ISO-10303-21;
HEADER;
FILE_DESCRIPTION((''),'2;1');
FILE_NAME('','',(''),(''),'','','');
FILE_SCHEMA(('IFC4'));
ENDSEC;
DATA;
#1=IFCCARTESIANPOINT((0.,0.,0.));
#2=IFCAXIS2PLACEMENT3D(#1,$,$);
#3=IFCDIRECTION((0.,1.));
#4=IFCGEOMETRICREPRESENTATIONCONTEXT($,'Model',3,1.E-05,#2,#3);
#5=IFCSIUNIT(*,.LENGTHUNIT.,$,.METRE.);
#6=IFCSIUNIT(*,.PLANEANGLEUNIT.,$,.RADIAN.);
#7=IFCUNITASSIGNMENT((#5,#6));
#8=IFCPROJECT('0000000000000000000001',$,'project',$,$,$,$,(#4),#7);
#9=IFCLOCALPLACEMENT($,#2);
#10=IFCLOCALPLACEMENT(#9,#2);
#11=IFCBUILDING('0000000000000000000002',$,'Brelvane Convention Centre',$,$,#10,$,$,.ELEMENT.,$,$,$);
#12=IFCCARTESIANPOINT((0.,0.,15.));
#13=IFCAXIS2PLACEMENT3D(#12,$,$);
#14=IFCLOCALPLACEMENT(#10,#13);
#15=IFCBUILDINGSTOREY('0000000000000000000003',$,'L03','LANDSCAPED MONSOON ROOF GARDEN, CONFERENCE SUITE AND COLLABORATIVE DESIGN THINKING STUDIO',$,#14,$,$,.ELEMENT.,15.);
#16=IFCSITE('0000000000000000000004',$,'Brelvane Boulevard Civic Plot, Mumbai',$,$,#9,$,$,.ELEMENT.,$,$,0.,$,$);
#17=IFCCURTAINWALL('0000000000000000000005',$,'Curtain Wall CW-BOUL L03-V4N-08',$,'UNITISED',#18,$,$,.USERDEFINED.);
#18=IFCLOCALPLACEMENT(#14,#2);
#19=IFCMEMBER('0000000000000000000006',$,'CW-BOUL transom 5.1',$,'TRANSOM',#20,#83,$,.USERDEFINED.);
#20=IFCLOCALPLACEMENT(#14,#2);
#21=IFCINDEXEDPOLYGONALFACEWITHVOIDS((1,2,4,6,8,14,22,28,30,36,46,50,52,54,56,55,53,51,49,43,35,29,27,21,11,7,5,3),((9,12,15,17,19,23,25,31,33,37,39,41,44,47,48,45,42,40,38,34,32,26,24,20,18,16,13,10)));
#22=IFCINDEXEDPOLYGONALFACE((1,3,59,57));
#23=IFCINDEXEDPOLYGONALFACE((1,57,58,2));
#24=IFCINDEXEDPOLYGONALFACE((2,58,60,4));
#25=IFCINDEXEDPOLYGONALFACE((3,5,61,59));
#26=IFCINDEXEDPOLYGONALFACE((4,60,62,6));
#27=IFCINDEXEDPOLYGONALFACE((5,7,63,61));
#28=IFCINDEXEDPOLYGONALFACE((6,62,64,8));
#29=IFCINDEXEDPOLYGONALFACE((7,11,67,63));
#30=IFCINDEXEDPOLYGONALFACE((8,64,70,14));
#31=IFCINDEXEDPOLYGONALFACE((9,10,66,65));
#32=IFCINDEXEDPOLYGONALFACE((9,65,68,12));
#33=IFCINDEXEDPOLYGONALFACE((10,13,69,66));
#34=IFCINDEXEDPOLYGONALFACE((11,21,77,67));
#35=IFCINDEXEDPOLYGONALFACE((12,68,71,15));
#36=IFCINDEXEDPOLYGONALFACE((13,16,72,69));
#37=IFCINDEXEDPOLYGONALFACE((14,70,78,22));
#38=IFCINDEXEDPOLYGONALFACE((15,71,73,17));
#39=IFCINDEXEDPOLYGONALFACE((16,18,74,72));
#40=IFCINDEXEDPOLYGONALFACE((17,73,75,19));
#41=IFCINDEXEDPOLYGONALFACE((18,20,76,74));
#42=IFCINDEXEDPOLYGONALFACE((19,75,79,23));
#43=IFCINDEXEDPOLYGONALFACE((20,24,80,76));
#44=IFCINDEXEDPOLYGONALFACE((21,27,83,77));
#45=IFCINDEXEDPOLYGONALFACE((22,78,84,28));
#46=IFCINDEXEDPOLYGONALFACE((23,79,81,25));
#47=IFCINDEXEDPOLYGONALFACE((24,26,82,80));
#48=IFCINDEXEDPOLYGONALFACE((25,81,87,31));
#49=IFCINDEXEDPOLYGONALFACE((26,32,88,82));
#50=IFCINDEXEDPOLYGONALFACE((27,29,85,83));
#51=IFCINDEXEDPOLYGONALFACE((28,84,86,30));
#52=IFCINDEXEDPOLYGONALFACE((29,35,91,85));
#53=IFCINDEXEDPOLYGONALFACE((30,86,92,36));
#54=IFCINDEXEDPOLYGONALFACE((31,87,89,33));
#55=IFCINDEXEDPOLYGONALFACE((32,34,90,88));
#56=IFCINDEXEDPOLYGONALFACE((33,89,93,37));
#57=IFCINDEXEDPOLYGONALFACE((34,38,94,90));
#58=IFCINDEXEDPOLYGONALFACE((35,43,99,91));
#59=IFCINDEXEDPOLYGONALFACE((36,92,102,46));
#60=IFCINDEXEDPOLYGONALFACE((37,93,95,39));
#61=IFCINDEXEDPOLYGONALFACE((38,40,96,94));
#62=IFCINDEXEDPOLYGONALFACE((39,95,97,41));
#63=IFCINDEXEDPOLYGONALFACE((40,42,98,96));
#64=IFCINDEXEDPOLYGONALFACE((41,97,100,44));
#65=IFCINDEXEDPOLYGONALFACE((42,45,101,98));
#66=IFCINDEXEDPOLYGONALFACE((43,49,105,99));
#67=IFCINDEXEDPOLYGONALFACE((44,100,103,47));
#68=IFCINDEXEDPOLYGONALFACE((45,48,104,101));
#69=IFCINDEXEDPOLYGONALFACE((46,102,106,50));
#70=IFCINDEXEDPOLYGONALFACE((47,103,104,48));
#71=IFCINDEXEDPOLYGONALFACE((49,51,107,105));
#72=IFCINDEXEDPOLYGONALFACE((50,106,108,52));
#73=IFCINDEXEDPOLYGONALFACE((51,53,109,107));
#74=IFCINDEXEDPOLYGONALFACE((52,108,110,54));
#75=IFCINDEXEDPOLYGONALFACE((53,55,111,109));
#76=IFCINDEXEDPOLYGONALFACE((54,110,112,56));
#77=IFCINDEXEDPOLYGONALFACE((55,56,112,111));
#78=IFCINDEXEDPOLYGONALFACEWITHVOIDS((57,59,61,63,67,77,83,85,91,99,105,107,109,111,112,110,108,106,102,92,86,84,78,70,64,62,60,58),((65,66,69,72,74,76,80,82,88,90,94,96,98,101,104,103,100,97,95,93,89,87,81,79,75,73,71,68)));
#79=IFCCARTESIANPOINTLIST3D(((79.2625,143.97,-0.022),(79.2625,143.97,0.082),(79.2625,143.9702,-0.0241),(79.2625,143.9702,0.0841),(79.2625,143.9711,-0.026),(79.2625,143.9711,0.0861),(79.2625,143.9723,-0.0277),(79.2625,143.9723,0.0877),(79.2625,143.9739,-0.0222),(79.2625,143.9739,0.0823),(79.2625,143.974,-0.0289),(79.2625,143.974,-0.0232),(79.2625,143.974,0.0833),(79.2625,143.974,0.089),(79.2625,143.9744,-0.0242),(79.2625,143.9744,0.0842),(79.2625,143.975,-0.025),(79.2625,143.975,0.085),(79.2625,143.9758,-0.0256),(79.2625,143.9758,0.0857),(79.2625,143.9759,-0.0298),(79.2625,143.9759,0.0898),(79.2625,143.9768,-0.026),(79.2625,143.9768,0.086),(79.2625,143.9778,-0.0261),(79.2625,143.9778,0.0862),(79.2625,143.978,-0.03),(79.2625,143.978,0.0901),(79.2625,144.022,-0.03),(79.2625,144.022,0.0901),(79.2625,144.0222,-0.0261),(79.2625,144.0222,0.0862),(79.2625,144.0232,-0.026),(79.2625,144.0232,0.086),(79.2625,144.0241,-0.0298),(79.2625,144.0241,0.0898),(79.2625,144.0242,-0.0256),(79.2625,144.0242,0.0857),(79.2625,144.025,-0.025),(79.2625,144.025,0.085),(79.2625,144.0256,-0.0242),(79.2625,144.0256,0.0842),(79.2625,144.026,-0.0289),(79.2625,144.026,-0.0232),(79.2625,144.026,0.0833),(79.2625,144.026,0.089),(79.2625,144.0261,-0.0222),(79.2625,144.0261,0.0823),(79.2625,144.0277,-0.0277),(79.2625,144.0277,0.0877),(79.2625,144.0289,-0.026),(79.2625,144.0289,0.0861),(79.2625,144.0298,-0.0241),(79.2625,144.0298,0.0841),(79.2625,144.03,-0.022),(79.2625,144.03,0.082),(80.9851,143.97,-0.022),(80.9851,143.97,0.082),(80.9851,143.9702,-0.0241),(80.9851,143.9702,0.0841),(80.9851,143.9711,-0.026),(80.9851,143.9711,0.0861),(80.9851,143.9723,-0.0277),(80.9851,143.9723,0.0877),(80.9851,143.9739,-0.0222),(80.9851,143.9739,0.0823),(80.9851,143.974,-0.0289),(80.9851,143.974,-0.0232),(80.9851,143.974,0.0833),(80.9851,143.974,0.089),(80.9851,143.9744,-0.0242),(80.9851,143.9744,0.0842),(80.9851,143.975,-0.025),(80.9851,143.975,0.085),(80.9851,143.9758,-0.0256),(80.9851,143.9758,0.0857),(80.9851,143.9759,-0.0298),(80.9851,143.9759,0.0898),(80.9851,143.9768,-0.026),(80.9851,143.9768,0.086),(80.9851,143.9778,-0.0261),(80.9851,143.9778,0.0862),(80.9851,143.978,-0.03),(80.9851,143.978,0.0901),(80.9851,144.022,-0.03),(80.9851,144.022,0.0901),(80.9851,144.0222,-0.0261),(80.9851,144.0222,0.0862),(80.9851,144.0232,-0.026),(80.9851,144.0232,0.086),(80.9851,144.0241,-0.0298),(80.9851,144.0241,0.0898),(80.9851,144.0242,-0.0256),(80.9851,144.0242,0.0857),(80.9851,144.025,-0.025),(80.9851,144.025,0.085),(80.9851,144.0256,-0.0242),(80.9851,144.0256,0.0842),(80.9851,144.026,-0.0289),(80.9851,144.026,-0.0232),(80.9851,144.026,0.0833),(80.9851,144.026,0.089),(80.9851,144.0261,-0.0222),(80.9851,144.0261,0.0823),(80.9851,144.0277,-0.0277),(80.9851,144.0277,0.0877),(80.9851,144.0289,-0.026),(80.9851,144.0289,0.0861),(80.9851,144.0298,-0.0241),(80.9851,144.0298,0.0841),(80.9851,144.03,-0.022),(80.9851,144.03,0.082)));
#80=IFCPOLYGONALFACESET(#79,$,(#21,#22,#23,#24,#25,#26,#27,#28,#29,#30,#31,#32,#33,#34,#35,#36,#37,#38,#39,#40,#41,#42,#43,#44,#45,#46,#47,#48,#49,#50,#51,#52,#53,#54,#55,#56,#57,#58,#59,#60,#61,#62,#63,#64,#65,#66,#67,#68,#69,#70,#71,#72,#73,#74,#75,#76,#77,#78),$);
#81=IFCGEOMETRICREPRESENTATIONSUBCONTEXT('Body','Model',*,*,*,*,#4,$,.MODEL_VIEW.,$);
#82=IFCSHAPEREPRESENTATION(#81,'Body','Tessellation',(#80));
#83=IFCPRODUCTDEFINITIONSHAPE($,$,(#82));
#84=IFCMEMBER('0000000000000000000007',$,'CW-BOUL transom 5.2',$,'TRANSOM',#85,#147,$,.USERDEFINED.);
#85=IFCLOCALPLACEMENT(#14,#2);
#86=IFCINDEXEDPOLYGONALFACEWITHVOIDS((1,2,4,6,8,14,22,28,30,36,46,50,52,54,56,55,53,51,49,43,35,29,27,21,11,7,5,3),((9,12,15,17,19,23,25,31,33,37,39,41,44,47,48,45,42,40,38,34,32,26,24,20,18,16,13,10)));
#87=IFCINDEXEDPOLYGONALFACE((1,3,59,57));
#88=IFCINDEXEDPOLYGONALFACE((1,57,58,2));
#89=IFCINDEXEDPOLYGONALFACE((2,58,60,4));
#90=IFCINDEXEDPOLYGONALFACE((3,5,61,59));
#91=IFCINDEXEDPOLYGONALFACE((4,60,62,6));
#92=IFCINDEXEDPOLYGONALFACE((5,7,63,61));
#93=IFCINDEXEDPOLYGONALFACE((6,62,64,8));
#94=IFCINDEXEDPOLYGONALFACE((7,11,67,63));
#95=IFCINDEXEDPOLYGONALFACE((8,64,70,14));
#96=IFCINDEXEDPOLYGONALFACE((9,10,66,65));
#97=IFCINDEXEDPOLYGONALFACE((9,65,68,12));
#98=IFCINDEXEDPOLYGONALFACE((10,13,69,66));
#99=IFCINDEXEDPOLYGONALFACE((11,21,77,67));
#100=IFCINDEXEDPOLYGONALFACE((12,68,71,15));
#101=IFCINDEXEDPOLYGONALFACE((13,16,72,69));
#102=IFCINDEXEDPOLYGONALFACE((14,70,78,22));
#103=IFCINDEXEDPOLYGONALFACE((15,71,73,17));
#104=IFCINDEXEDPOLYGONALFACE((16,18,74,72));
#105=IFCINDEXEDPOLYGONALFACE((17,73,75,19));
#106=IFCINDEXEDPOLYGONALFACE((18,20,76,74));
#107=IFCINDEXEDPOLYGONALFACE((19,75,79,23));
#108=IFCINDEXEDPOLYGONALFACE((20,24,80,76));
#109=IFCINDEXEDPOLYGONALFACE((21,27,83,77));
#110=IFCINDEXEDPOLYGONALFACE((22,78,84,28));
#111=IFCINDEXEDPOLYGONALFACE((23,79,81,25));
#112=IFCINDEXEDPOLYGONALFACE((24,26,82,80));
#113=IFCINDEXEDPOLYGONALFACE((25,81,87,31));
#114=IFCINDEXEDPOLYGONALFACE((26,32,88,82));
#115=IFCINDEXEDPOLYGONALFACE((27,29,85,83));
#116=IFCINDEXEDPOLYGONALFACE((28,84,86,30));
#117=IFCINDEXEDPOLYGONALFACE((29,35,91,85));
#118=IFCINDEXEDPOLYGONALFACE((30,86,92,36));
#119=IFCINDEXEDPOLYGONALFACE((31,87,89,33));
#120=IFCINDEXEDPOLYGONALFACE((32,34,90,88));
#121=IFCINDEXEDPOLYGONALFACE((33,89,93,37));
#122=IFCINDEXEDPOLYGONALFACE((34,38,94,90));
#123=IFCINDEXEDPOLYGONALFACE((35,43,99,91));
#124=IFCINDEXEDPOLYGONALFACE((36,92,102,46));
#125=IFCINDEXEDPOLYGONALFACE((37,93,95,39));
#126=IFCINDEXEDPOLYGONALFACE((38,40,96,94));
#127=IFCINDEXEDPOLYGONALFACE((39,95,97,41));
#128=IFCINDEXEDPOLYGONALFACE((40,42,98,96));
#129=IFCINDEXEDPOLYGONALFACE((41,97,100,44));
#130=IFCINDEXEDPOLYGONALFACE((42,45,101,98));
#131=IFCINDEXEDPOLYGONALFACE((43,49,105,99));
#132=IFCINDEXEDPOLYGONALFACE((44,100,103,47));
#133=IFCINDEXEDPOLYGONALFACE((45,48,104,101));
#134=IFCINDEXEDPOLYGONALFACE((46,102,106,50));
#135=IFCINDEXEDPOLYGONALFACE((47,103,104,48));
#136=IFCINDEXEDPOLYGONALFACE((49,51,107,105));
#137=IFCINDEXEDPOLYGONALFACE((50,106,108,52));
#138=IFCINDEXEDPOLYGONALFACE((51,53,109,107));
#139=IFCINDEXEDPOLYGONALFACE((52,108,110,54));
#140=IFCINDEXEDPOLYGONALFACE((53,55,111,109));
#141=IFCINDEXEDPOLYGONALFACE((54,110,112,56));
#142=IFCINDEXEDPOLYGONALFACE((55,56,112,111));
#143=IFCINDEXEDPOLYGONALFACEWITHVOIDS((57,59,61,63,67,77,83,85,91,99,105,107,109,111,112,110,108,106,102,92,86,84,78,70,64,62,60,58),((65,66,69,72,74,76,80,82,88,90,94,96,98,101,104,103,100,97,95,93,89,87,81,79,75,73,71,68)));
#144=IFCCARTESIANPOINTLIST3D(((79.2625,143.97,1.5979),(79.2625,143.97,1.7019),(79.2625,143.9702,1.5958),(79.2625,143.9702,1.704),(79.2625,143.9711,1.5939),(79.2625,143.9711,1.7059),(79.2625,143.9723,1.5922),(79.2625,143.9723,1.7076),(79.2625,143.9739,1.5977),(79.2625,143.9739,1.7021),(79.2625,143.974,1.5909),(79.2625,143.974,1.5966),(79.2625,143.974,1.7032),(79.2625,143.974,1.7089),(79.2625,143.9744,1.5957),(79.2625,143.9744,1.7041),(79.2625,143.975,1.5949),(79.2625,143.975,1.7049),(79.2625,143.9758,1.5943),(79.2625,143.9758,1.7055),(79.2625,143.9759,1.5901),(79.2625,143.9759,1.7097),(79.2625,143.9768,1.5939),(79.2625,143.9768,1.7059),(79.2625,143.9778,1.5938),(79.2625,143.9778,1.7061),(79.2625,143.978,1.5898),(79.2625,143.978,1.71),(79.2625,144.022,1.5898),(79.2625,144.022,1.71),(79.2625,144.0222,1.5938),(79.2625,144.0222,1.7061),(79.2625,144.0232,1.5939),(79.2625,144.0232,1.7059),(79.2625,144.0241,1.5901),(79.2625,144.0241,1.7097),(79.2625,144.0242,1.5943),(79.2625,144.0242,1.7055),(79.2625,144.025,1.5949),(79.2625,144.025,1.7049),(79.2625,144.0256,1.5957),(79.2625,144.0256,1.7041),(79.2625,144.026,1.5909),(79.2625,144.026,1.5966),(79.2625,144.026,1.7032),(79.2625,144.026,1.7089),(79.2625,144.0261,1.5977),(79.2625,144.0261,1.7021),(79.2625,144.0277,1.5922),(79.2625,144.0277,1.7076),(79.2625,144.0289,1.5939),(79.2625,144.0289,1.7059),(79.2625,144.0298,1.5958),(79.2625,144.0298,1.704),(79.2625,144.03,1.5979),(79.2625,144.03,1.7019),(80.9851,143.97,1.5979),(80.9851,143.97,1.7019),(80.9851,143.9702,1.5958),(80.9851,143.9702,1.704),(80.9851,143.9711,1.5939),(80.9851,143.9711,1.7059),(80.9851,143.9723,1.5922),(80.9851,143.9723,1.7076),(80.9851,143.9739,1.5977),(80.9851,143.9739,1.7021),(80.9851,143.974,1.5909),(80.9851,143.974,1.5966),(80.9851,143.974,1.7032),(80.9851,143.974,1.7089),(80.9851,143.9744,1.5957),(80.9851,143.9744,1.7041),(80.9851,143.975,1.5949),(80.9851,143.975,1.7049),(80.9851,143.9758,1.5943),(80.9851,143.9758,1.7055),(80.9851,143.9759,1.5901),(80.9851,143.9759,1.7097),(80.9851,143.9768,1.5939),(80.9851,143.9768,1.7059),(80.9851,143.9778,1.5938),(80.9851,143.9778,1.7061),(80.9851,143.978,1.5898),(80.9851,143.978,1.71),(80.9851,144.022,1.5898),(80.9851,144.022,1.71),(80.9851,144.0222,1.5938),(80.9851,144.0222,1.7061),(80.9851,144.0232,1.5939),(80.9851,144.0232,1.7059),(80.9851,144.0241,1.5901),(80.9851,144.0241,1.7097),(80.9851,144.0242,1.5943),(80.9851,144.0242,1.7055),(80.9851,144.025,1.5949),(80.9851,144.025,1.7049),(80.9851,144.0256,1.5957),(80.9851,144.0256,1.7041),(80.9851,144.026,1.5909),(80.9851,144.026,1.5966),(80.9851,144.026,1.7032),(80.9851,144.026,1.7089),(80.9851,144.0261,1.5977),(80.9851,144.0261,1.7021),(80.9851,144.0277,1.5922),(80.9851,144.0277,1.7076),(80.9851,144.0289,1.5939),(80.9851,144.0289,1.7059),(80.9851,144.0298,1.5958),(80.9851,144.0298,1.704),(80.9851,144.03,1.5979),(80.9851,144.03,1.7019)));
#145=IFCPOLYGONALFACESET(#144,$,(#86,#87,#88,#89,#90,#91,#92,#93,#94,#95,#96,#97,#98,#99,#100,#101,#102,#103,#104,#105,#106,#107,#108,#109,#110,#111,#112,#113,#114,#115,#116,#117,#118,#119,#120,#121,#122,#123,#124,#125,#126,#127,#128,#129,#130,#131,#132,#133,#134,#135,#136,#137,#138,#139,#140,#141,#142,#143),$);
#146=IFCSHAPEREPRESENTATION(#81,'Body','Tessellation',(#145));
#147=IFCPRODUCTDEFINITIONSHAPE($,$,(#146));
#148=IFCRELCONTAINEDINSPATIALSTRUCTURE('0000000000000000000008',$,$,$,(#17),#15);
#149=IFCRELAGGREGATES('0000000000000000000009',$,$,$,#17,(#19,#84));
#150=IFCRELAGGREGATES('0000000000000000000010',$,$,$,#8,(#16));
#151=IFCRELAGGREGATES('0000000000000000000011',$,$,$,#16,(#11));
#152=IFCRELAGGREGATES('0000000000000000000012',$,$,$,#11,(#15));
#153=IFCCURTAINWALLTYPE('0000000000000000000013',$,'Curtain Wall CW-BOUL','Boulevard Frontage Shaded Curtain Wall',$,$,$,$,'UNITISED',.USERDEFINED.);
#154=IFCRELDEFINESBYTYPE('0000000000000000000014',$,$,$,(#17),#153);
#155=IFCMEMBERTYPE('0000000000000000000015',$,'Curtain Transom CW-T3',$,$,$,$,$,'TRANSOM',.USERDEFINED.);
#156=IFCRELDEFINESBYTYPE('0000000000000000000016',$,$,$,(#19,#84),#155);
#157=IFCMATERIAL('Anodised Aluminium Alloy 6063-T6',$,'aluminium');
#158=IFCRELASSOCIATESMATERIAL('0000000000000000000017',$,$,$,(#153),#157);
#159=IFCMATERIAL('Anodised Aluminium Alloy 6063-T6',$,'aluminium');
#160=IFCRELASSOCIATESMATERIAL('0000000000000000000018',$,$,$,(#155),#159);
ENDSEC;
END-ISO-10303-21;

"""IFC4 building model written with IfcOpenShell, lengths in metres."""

from ifc_helpers import new_model, si_unit, direction, frame, origin, origin_2d, place, context, subcontext, project, spatial, hollow_rectangle, extrude, material, material_profile, profile_set, type_object, element, aggregate, save


model = new_model("IFC4")

# Units and contexts
model_context = context("Model", 3, precision=1e-05, world=origin(), true_north=direction((0.0, 1.0)))
body_context = subcontext(model_context, "Body", "Model", "MODEL_VIEW")
ifc_project = project(units=[si_unit("LENGTHUNIT", "METRE"), si_unit("PLANEANGLEUNIT", "RADIAN")], contexts=[model_context])

# Site, building, storey
site_placement = place(None, origin())
site = spatial("IfcSite", under=ifc_project, at=site_placement, Name="Brelvane Boulevard Civic Plot, Mumbai", CompositionType="ELEMENT", RefElevation=0.0)
building_placement = place(site_placement, origin())
building = spatial("IfcBuilding", under=site, at=building_placement, Name="Brelvane Convention Centre", CompositionType="ELEMENT")
storey_placement = place(building_placement, frame((0.0, 0.0, 15.0)))
storey = spatial("IfcBuildingStorey", under=building, at=storey_placement, Name="L03", Description="LANDSCAPED MONSOON ROOF GARDEN, CONFERENCE SUITE AND COLLABORATIVE DESIGN THINKING STUDIO", CompositionType="ELEMENT", Elevation=15.0)

# Curtain wall, members
ifc_material_1 = material(Name="Anodised Aluminium Alloy 6063-T6", Category="aluminium")
curtain_wall_type = type_object("IfcCurtainWallType", Name="Curtain Wall CW-BOUL", Description="Boulevard Frontage Shaded Curtain Wall", ElementType="UNITISED", PredefinedType="USERDEFINED", material=ifc_material_1)
curtain_wall_placement = place(storey_placement, origin())
curtain_wall = element("IfcCurtainWall", 1, at=curtain_wall_placement, inside=storey, type_object=curtain_wall_type, Name="Curtain Wall CW-BOUL L03-V4N-08", ObjectType="UNITISED", PredefinedType="USERDEFINED")
ifc_material_2 = material(Name="Anodised Aluminium Alloy 6063-T6", Category="aluminium")
ifc_material_profile_1 = material_profile(ifc_material_2, hollow_rectangle(XDim=0.0601, YDim=0.1201, WallThickness=0.0039, InnerFilletRadius=0.0039, OuterFilletRadius=0.0081, at=origin_2d()), Name="ALU-T 120x60x4.0")
ifc_profile_set_1 = profile_set([ifc_material_profile_1], Name="Anodised Aluminium Alloy 6063-T6")
member_type_1 = type_object("IfcMemberType", Name="Curtain Transom CW-T3", ElementType="TRANSOM", PredefinedType="USERDEFINED", material=ifc_profile_set_1)
member_1_placement = place(storey_placement, frame((79.2625, 144.0, 0.03), z_axis=(1.0, 0.0, 0.0), x_axis=(0.0, 1.0, 0.0)))
member_1 = element("IfcMember", 2, at=member_1_placement, type_object=member_type_1, Name="CW-BOUL transom 5.1", ObjectType="TRANSOM", PredefinedType="USERDEFINED", context=body_context, shape_type="SweptSolid", body=[
    extrude(hollow_rectangle(XDim=0.0601, YDim=0.1201, WallThickness=0.0039, InnerFilletRadius=0.0039, OuterFilletRadius=0.0081, at=origin_2d()), origin(), (0.0, 0.0, 1.0), 1.7227),
])
member_2_placement = place(storey_placement, frame((79.2625, 144.0, 1.6499), z_axis=(1.0, 0.0, 0.0), x_axis=(0.0, 1.0, 0.0)))
member_2 = element("IfcMember", 3, at=member_2_placement, type_object=member_type_1, Name="CW-BOUL transom 5.2", ObjectType="TRANSOM", PredefinedType="USERDEFINED", context=body_context, shape_type="SweptSolid", body=[
    extrude(hollow_rectangle(XDim=0.0601, YDim=0.1201, WallThickness=0.0039, InnerFilletRadius=0.0039, OuterFilletRadius=0.0081, at=origin_2d()), origin(), (0.0, 0.0, 1.0), 1.7227),
])

aggregate(curtain_wall, [member_1, member_2])

save(model, "model.ifc")
